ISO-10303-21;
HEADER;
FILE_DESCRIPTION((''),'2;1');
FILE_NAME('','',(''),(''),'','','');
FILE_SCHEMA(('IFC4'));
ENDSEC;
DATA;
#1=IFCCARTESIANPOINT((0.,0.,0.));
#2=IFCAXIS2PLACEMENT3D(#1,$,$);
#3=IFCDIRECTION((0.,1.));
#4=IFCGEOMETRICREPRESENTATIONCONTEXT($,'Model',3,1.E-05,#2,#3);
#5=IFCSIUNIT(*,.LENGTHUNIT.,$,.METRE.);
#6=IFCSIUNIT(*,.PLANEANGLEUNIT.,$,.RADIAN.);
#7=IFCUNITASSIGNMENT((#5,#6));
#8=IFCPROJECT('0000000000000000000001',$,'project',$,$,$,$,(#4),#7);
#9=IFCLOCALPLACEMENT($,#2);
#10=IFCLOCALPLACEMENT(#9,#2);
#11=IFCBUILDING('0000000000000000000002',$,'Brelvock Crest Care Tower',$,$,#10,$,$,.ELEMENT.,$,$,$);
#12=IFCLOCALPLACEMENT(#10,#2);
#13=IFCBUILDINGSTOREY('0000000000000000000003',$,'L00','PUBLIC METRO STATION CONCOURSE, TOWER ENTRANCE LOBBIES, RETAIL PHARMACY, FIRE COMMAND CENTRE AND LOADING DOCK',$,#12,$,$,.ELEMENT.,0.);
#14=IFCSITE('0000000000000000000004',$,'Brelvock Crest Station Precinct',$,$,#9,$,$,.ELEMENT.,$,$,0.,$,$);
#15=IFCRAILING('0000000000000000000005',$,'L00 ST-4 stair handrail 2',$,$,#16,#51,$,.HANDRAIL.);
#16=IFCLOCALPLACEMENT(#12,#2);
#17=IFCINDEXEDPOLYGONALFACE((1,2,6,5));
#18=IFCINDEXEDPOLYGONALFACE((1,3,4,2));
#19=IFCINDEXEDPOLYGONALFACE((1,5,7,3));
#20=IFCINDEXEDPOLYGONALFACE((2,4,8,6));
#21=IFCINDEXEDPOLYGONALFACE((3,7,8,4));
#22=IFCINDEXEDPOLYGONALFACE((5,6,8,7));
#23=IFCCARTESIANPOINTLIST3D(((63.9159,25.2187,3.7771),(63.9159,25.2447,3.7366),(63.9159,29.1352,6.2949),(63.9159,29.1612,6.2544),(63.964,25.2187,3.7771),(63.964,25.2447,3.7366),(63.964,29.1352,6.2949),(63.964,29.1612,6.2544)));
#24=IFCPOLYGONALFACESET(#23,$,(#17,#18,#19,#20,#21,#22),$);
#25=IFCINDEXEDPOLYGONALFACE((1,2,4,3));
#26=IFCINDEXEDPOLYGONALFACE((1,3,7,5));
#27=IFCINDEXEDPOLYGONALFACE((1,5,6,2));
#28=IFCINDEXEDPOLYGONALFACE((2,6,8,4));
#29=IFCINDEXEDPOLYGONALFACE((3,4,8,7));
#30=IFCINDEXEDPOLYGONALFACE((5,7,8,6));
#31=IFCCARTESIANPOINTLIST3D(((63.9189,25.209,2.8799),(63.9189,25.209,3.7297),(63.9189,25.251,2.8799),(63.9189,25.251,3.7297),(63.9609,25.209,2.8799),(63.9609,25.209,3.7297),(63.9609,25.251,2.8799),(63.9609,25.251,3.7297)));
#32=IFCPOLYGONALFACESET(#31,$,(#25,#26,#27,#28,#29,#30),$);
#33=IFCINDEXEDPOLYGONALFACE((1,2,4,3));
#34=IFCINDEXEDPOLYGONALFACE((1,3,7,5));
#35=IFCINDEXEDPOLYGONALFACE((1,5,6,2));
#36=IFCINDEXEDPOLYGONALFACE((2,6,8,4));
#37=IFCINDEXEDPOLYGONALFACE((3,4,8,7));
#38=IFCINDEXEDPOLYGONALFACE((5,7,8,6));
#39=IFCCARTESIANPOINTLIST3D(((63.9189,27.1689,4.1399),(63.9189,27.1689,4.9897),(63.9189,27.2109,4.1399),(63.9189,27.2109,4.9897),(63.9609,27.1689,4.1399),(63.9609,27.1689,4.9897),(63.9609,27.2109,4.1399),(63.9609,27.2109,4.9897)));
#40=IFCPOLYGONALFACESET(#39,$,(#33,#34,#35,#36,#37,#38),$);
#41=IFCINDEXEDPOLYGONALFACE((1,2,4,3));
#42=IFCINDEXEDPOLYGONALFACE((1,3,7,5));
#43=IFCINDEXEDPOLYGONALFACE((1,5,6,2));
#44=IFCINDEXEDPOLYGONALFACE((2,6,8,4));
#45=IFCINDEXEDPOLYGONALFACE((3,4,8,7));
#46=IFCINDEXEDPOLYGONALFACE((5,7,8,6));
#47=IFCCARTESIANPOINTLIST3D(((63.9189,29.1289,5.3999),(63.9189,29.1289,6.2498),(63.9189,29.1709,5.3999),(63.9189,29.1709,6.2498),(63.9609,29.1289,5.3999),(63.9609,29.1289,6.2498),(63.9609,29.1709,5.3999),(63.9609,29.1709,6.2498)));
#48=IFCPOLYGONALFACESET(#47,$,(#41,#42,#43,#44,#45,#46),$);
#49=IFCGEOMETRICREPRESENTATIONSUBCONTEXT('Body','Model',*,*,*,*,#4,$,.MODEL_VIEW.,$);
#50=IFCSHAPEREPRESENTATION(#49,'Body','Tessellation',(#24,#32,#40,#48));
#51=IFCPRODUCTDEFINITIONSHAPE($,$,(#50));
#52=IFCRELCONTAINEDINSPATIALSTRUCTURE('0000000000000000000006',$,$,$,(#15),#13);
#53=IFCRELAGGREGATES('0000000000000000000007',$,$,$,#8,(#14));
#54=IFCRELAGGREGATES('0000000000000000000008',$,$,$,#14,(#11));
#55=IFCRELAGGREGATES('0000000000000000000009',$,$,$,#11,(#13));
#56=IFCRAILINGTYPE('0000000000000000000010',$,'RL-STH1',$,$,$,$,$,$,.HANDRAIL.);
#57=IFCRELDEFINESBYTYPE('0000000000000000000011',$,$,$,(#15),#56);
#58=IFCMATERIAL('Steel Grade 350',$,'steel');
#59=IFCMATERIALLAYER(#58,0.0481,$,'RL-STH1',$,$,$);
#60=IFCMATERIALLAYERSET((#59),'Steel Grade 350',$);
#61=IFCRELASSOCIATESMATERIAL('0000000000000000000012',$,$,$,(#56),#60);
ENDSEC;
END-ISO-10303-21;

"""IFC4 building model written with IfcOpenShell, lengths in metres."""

from ifc_helpers import new_model, si_unit, direction, frame, origin, origin_2d, place, context, subcontext, project, spatial, rectangle, extrude, material, layer, layer_set, type_object, element, save


model = new_model("IFC4")

# Units and contexts
model_context = context("Model", 3, precision=1e-05, world=origin(), true_north=direction((0.0, 1.0)))
body_context = subcontext(model_context, "Body", "Model", "MODEL_VIEW")
ifc_project = project(units=[si_unit("LENGTHUNIT", "METRE"), si_unit("PLANEANGLEUNIT", "RADIAN")], contexts=[model_context])

# Site, building, storey
site_placement = place(None, origin())
site = spatial("IfcSite", under=ifc_project, at=site_placement, Name="Brelvock Crest Station Precinct", CompositionType="ELEMENT", RefElevation=0.0)
building_placement = place(site_placement, origin())
building = spatial("IfcBuilding", under=site, at=building_placement, Name="Brelvock Crest Care Tower", CompositionType="ELEMENT")
storey_placement = place(building_placement, origin())
storey = spatial("IfcBuildingStorey", under=building, at=storey_placement, Name="L00", Description="PUBLIC METRO STATION CONCOURSE, TOWER ENTRANCE LOBBIES, RETAIL PHARMACY, FIRE COMMAND CENTRE AND LOADING DOCK", CompositionType="ELEMENT", Elevation=0.0)

# Shared definitions
ifc_material_1 = material(Name="Steel Grade 350", Category="steel")

# Railing
ifc_layer_1 = layer(ifc_material_1, 0.0481, Name="RL-STH1")
ifc_layer_set_1 = layer_set([ifc_layer_1], Name="Steel Grade 350")
railing_type_1 = type_object("IfcRailingType", Name="RL-STH1", PredefinedType="HANDRAIL", material=ifc_layer_set_1)
railing_1_placement = place(storey_placement, frame((63.9399, 25.23, 2.8799)))
element("IfcRailing", 1, at=railing_1_placement, inside=storey, type_object=railing_type_1, Name="L00 ST-4 stair handrail 2", PredefinedType="HANDRAIL", context=body_context, shape_type="SweptSolid", body=[
    extrude(rectangle(XDim=0.0481, YDim=0.0481, at=origin_2d()), frame((0.0, 0.0017, 0.877), z_axis=(0.0, 0.841172, 0.540768), x_axis=(-1.0, 0.0, 0.0)), (0.0, 0.0, 1.0), 4.656),
    extrude(rectangle(XDim=0.042, YDim=0.042, at=origin_2d()), origin(), (0.0, 0.0, 1.0), 0.8499),
    extrude(rectangle(XDim=0.042, YDim=0.042, at=origin_2d()), frame((0.0, 1.96, 1.26)), (0.0, 0.0, 1.0), 0.8499),
    extrude(rectangle(XDim=0.042, YDim=0.042, at=origin_2d()), frame((0.0, 3.9199, 2.52)), (0.0, 0.0, 1.0), 0.8499),
])

save(model, "model.ifc")
